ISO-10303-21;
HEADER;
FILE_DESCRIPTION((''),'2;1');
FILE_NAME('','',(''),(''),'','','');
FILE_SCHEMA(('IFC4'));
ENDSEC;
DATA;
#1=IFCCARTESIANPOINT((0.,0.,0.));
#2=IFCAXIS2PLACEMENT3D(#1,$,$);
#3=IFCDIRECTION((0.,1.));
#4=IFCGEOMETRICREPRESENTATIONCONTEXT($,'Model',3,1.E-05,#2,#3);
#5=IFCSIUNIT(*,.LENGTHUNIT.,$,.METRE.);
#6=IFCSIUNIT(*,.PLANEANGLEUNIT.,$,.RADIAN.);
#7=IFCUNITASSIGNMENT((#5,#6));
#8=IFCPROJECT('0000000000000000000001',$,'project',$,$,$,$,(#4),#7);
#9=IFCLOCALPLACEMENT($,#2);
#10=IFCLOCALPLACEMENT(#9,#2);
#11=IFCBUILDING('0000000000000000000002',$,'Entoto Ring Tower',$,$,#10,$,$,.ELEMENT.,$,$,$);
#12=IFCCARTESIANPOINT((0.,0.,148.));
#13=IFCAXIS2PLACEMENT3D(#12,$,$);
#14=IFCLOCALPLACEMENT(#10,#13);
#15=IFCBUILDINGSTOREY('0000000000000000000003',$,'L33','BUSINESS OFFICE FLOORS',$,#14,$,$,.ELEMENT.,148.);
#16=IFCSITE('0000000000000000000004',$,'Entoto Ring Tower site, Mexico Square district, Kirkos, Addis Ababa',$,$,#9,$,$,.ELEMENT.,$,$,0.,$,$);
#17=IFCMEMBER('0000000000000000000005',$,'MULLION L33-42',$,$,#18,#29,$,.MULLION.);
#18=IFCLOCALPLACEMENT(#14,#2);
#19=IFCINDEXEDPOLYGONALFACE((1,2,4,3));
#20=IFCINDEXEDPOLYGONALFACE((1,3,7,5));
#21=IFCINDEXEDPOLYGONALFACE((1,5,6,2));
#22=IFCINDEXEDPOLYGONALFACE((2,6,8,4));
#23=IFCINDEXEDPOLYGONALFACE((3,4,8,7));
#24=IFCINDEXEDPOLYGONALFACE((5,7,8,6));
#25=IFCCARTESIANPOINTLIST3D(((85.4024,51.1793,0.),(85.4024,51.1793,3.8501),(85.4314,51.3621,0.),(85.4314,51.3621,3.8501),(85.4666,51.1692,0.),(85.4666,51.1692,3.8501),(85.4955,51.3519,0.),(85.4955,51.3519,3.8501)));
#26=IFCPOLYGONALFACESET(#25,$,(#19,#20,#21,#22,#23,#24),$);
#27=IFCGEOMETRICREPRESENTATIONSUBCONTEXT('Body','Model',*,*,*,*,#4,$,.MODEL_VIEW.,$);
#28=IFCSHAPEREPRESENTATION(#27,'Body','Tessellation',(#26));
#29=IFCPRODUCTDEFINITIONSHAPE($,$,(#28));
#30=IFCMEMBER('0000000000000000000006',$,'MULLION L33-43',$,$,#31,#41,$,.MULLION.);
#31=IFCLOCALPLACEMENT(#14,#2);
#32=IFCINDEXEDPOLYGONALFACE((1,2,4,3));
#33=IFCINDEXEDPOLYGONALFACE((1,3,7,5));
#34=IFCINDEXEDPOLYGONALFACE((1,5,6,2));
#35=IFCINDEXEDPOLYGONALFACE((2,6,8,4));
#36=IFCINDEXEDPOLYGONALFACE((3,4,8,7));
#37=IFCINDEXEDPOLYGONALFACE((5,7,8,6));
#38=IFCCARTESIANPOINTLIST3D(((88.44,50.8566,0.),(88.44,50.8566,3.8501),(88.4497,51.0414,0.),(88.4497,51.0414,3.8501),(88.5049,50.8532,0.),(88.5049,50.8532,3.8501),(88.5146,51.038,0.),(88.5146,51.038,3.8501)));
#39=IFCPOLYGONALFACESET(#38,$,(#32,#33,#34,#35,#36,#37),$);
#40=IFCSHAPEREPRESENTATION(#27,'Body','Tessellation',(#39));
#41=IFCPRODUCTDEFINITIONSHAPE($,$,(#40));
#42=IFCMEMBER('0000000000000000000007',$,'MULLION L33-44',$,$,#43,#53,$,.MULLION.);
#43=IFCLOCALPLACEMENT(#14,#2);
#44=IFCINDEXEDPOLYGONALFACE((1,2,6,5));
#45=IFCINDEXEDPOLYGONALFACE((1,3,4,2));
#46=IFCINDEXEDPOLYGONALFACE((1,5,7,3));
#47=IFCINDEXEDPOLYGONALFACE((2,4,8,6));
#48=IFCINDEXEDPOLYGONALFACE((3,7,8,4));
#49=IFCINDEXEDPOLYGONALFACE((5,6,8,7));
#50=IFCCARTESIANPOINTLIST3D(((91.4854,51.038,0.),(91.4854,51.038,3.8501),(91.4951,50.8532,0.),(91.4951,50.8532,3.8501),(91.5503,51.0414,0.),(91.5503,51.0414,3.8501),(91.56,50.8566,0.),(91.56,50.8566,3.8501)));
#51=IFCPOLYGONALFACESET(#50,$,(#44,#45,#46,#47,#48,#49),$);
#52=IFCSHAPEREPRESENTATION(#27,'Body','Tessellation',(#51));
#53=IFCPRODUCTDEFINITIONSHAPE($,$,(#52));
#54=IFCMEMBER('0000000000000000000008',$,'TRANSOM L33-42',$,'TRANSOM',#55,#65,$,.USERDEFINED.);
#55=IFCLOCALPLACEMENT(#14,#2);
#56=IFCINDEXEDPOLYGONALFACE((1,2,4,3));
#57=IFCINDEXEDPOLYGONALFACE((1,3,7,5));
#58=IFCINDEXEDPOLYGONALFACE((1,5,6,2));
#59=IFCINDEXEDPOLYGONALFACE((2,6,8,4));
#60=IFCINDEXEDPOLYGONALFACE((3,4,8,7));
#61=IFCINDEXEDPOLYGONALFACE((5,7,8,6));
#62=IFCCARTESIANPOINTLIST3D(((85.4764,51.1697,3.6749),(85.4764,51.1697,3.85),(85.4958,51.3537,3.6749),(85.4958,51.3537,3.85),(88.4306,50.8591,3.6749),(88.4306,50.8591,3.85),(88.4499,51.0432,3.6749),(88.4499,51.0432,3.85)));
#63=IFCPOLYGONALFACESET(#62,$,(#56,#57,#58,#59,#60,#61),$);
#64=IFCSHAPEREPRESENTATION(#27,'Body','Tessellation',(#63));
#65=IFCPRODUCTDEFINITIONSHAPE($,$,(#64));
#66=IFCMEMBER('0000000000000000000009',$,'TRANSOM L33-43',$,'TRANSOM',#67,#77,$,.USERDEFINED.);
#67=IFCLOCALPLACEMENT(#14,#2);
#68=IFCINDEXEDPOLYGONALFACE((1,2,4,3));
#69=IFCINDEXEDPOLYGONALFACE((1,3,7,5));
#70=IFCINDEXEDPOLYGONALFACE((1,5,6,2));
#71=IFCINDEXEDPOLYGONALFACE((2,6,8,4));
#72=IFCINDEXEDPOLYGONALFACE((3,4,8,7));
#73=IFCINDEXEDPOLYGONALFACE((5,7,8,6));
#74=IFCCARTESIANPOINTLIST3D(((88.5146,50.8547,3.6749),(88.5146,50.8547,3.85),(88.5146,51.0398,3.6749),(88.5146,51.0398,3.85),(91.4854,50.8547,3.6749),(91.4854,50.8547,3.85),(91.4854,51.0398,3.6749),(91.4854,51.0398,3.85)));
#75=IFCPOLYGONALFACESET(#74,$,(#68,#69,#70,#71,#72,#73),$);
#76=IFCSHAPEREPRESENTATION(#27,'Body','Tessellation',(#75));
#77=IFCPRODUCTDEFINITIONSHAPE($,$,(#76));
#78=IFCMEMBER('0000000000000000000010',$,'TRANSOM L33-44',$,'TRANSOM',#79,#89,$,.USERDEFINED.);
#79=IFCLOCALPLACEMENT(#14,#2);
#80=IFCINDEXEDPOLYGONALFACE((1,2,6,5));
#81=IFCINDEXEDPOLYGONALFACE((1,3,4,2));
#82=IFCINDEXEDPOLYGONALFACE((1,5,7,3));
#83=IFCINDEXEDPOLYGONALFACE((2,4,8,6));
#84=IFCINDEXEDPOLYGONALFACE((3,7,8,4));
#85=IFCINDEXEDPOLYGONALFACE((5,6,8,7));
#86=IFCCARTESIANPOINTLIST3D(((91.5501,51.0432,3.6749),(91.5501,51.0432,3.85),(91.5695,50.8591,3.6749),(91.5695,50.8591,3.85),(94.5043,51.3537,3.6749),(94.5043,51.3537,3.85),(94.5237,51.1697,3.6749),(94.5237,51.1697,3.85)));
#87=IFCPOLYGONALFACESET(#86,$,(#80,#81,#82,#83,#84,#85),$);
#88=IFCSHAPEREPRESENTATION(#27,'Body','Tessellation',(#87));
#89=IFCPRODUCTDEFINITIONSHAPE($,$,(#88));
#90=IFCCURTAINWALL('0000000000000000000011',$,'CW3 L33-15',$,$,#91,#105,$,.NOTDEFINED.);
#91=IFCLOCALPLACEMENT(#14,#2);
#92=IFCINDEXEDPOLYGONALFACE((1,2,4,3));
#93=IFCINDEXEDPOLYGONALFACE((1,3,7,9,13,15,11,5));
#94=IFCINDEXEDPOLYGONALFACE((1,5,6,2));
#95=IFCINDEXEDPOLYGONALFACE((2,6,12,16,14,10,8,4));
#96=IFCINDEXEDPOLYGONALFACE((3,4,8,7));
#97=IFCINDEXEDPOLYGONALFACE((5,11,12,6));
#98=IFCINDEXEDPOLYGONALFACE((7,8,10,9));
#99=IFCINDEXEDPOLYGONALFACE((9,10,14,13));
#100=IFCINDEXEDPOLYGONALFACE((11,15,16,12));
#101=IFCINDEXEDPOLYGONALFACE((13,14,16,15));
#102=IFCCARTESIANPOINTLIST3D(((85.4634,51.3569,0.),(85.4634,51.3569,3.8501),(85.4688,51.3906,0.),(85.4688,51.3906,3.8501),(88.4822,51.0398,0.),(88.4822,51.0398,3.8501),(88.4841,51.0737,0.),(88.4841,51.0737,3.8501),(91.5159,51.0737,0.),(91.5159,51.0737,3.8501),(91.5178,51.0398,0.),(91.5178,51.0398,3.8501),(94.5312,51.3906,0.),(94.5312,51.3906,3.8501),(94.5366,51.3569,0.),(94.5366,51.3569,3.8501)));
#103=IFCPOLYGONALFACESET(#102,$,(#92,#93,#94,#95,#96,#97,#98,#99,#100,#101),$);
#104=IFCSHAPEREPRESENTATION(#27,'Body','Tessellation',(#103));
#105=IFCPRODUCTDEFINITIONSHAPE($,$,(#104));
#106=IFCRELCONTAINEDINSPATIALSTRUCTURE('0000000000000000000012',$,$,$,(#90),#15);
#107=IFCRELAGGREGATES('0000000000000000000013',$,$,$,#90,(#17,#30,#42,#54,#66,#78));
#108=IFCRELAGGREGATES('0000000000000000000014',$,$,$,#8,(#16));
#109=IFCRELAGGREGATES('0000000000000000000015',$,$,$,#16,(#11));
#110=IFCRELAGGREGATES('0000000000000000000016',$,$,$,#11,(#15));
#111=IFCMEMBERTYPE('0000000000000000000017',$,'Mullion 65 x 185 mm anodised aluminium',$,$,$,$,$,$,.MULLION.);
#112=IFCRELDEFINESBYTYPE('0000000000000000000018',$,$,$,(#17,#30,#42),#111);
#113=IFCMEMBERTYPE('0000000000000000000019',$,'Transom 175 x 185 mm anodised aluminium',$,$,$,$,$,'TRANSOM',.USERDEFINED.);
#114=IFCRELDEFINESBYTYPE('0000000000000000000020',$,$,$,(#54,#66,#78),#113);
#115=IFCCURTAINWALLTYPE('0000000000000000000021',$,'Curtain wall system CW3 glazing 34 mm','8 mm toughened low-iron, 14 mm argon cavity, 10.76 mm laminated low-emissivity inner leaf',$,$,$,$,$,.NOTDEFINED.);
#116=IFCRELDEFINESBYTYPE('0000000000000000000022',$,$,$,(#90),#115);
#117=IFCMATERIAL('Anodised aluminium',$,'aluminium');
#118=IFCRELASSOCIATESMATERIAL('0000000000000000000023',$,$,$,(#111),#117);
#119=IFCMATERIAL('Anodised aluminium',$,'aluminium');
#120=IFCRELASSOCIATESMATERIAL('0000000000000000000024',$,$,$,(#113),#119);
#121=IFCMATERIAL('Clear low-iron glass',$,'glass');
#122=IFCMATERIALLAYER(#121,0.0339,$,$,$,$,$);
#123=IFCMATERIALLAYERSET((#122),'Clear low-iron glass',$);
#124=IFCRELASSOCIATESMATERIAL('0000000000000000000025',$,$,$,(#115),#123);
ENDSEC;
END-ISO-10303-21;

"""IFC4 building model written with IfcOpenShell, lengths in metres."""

from ifc_helpers import new_model, si_unit, direction, frame, origin, origin_2d, place, context, subcontext, project, spatial, polyline, rectangle, outline, extrude, material, layer, layer_set, material_profile, profile_set, type_object, element, aggregate, save


model = new_model("IFC4")

# Units and contexts
model_context = context("Model", 3, precision=1e-05, world=origin(), true_north=direction((0.0, 1.0)))
body_context = subcontext(model_context, "Body", "Model", "MODEL_VIEW")
ifc_project = project(units=[si_unit("LENGTHUNIT", "METRE"), si_unit("PLANEANGLEUNIT", "RADIAN")], contexts=[model_context])

# Members
ifc_material_1 = material(Name="Anodised aluminium", Category="aluminium")
ifc_material_profile_1 = material_profile(ifc_material_1, rectangle(XDim=0.0649, YDim=0.1851, at=origin_2d()), Name="Mullion 65 x 185 mm anodised aluminium")
ifc_profile_set_1 = profile_set([ifc_material_profile_1], Name="Anodised aluminium")
member_type_1 = type_object("IfcMemberType", Name="Mullion 65 x 185 mm anodised aluminium", PredefinedType="MULLION", material=ifc_profile_set_1)
site_placement = place(None, origin())
building_placement = place(site_placement, origin())
storey_placement = place(building_placement, frame((0.0, 0.0, 148.0)))
member_1_placement = place(storey_placement, frame((85.449, 51.2656, 0.0), z_axis=(0.0, 0.0, 1.0), x_axis=(0.987688, -0.156434, 0.0)))
member_1 = element("IfcMember", 1, at=member_1_placement, type_object=member_type_1, Name="MULLION L33-42", PredefinedType="MULLION", context=body_context, shape_type="SweptSolid", body=[
    extrude(rectangle(XDim=0.0649, YDim=0.1851, at=origin_2d()), origin(), (0.0, 0.0, 1.0), 3.8501),
])
member_2_placement = place(storey_placement, frame((88.4773, 50.9473, 0.0), z_axis=(0.0, 0.0, 1.0), x_axis=(0.99863, -0.052336, 0.0)))
member_2 = element("IfcMember", 2, at=member_2_placement, type_object=member_type_1, Name="MULLION L33-43", PredefinedType="MULLION", context=body_context, shape_type="SweptSolid", body=[
    extrude(rectangle(XDim=0.0649, YDim=0.1851, at=origin_2d()), origin(), (0.0, 0.0, 1.0), 3.8501),
])
member_3_placement = place(storey_placement, frame((91.5227, 50.9473, 0.0), z_axis=(0.0, 0.0, 1.0), x_axis=(0.99863, 0.052336, 0.0)))
member_3 = element("IfcMember", 3, at=member_3_placement, type_object=member_type_1, Name="MULLION L33-44", PredefinedType="MULLION", context=body_context, shape_type="SweptSolid", body=[
    extrude(rectangle(XDim=0.0649, YDim=0.1851, at=origin_2d()), origin(), (0.0, 0.0, 1.0), 3.8501),
])
ifc_material_2 = material(Name="Anodised aluminium", Category="aluminium")
ifc_material_profile_2 = material_profile(ifc_material_2, rectangle(XDim=0.1851, YDim=0.175, at=origin_2d()), Name="Transom 175 x 185 mm anodised aluminium")
ifc_profile_set_2 = profile_set([ifc_material_profile_2], Name="Anodised aluminium")
member_type_2 = type_object("IfcMemberType", Name="Transom 175 x 185 mm anodised aluminium", ElementType="TRANSOM", PredefinedType="USERDEFINED", material=ifc_profile_set_2)
member_4_placement = place(storey_placement, frame((85.4861, 51.2617, 3.7625), z_axis=(0.99452, -0.104548, 0.0), x_axis=(0.104548, 0.99452, 0.0)))
member_4 = element("IfcMember", 4, at=member_4_placement, type_object=member_type_2, Name="TRANSOM L33-42", ObjectType="TRANSOM", PredefinedType="USERDEFINED", context=body_context, shape_type="SweptSolid", body=[
    extrude(rectangle(XDim=0.1851, YDim=0.175, at=origin_2d()), origin(), (0.0, 0.0, 1.0), 2.9705),
])
member_5_placement = place(storey_placement, frame((88.5146, 50.9473, 3.7625), z_axis=(1.0, 0.0, 0.0), x_axis=(0.0, 1.0, 0.0)))
member_5 = element("IfcMember", 5, at=member_5_placement, type_object=member_type_2, Name="TRANSOM L33-43", ObjectType="TRANSOM", PredefinedType="USERDEFINED", context=body_context, shape_type="SweptSolid", body=[
    extrude(rectangle(XDim=0.1851, YDim=0.175, at=origin_2d()), origin(), (0.0, 0.0, 1.0), 2.9707),
])
member_6_placement = place(storey_placement, frame((91.5598, 50.9512, 3.7625), z_axis=(0.99452, 0.104548, 0.0), x_axis=(-0.104548, 0.99452, 0.0)))
member_6 = element("IfcMember", 6, at=member_6_placement, type_object=member_type_2, Name="TRANSOM L33-44", ObjectType="TRANSOM", PredefinedType="USERDEFINED", context=body_context, shape_type="SweptSolid", body=[
    extrude(rectangle(XDim=0.1851, YDim=0.175, at=origin_2d()), origin(), (0.0, 0.0, 1.0), 2.9705),
])

# Site, building, storey
site = spatial("IfcSite", under=ifc_project, at=site_placement, Name="Entoto Ring Tower site, Mexico Square district, Kirkos, Addis Ababa", CompositionType="ELEMENT", RefElevation=0.0)
building = spatial("IfcBuilding", under=site, at=building_placement, Name="Entoto Ring Tower", CompositionType="ELEMENT")
storey = spatial("IfcBuildingStorey", under=building, at=storey_placement, Name="L33", Description="BUSINESS OFFICE FLOORS", CompositionType="ELEMENT", Elevation=148.0)

# Curtain wall
ifc_material_3 = material(Name="Clear low-iron glass", Category="glass")
ifc_layer = layer(ifc_material_3, 0.0339)
ifc_layer_set = layer_set([ifc_layer], Name="Clear low-iron glass")
curtain_wall_type = type_object("IfcCurtainWallType", Name="Curtain wall system CW3 glazing 34 mm", Description="8 mm toughened low-iron, 14 mm argon cavity, 10.76 mm laminated low-emissivity inner leaf", PredefinedType="NOTDEFINED", material=ifc_layer_set)
curtain_wall_1_placement = place(storey_placement, origin())
curtain_wall_1 = element("IfcCurtainWall", 7, at=curtain_wall_1_placement, inside=storey, type_object=curtain_wall_type, Name="CW3 L33-15", PredefinedType="NOTDEFINED", context=body_context, shape_type="SweptSolid", body=[
    extrude(outline(polyline([(85.4634, 51.3569), (88.4822, 51.0398), (91.5178, 51.0398), (94.5366, 51.3569), (94.5312, 51.3906), (91.5159, 51.0737), (88.4841, 51.0737), (85.4688, 51.3906), (85.4634, 51.3569)])), origin(), (0.0, 0.0, 1.0), 3.8501),
])
aggregate(curtain_wall_1, [member_1, member_2, member_3, member_4, member_5, member_6])

save(model, "model.ifc")
